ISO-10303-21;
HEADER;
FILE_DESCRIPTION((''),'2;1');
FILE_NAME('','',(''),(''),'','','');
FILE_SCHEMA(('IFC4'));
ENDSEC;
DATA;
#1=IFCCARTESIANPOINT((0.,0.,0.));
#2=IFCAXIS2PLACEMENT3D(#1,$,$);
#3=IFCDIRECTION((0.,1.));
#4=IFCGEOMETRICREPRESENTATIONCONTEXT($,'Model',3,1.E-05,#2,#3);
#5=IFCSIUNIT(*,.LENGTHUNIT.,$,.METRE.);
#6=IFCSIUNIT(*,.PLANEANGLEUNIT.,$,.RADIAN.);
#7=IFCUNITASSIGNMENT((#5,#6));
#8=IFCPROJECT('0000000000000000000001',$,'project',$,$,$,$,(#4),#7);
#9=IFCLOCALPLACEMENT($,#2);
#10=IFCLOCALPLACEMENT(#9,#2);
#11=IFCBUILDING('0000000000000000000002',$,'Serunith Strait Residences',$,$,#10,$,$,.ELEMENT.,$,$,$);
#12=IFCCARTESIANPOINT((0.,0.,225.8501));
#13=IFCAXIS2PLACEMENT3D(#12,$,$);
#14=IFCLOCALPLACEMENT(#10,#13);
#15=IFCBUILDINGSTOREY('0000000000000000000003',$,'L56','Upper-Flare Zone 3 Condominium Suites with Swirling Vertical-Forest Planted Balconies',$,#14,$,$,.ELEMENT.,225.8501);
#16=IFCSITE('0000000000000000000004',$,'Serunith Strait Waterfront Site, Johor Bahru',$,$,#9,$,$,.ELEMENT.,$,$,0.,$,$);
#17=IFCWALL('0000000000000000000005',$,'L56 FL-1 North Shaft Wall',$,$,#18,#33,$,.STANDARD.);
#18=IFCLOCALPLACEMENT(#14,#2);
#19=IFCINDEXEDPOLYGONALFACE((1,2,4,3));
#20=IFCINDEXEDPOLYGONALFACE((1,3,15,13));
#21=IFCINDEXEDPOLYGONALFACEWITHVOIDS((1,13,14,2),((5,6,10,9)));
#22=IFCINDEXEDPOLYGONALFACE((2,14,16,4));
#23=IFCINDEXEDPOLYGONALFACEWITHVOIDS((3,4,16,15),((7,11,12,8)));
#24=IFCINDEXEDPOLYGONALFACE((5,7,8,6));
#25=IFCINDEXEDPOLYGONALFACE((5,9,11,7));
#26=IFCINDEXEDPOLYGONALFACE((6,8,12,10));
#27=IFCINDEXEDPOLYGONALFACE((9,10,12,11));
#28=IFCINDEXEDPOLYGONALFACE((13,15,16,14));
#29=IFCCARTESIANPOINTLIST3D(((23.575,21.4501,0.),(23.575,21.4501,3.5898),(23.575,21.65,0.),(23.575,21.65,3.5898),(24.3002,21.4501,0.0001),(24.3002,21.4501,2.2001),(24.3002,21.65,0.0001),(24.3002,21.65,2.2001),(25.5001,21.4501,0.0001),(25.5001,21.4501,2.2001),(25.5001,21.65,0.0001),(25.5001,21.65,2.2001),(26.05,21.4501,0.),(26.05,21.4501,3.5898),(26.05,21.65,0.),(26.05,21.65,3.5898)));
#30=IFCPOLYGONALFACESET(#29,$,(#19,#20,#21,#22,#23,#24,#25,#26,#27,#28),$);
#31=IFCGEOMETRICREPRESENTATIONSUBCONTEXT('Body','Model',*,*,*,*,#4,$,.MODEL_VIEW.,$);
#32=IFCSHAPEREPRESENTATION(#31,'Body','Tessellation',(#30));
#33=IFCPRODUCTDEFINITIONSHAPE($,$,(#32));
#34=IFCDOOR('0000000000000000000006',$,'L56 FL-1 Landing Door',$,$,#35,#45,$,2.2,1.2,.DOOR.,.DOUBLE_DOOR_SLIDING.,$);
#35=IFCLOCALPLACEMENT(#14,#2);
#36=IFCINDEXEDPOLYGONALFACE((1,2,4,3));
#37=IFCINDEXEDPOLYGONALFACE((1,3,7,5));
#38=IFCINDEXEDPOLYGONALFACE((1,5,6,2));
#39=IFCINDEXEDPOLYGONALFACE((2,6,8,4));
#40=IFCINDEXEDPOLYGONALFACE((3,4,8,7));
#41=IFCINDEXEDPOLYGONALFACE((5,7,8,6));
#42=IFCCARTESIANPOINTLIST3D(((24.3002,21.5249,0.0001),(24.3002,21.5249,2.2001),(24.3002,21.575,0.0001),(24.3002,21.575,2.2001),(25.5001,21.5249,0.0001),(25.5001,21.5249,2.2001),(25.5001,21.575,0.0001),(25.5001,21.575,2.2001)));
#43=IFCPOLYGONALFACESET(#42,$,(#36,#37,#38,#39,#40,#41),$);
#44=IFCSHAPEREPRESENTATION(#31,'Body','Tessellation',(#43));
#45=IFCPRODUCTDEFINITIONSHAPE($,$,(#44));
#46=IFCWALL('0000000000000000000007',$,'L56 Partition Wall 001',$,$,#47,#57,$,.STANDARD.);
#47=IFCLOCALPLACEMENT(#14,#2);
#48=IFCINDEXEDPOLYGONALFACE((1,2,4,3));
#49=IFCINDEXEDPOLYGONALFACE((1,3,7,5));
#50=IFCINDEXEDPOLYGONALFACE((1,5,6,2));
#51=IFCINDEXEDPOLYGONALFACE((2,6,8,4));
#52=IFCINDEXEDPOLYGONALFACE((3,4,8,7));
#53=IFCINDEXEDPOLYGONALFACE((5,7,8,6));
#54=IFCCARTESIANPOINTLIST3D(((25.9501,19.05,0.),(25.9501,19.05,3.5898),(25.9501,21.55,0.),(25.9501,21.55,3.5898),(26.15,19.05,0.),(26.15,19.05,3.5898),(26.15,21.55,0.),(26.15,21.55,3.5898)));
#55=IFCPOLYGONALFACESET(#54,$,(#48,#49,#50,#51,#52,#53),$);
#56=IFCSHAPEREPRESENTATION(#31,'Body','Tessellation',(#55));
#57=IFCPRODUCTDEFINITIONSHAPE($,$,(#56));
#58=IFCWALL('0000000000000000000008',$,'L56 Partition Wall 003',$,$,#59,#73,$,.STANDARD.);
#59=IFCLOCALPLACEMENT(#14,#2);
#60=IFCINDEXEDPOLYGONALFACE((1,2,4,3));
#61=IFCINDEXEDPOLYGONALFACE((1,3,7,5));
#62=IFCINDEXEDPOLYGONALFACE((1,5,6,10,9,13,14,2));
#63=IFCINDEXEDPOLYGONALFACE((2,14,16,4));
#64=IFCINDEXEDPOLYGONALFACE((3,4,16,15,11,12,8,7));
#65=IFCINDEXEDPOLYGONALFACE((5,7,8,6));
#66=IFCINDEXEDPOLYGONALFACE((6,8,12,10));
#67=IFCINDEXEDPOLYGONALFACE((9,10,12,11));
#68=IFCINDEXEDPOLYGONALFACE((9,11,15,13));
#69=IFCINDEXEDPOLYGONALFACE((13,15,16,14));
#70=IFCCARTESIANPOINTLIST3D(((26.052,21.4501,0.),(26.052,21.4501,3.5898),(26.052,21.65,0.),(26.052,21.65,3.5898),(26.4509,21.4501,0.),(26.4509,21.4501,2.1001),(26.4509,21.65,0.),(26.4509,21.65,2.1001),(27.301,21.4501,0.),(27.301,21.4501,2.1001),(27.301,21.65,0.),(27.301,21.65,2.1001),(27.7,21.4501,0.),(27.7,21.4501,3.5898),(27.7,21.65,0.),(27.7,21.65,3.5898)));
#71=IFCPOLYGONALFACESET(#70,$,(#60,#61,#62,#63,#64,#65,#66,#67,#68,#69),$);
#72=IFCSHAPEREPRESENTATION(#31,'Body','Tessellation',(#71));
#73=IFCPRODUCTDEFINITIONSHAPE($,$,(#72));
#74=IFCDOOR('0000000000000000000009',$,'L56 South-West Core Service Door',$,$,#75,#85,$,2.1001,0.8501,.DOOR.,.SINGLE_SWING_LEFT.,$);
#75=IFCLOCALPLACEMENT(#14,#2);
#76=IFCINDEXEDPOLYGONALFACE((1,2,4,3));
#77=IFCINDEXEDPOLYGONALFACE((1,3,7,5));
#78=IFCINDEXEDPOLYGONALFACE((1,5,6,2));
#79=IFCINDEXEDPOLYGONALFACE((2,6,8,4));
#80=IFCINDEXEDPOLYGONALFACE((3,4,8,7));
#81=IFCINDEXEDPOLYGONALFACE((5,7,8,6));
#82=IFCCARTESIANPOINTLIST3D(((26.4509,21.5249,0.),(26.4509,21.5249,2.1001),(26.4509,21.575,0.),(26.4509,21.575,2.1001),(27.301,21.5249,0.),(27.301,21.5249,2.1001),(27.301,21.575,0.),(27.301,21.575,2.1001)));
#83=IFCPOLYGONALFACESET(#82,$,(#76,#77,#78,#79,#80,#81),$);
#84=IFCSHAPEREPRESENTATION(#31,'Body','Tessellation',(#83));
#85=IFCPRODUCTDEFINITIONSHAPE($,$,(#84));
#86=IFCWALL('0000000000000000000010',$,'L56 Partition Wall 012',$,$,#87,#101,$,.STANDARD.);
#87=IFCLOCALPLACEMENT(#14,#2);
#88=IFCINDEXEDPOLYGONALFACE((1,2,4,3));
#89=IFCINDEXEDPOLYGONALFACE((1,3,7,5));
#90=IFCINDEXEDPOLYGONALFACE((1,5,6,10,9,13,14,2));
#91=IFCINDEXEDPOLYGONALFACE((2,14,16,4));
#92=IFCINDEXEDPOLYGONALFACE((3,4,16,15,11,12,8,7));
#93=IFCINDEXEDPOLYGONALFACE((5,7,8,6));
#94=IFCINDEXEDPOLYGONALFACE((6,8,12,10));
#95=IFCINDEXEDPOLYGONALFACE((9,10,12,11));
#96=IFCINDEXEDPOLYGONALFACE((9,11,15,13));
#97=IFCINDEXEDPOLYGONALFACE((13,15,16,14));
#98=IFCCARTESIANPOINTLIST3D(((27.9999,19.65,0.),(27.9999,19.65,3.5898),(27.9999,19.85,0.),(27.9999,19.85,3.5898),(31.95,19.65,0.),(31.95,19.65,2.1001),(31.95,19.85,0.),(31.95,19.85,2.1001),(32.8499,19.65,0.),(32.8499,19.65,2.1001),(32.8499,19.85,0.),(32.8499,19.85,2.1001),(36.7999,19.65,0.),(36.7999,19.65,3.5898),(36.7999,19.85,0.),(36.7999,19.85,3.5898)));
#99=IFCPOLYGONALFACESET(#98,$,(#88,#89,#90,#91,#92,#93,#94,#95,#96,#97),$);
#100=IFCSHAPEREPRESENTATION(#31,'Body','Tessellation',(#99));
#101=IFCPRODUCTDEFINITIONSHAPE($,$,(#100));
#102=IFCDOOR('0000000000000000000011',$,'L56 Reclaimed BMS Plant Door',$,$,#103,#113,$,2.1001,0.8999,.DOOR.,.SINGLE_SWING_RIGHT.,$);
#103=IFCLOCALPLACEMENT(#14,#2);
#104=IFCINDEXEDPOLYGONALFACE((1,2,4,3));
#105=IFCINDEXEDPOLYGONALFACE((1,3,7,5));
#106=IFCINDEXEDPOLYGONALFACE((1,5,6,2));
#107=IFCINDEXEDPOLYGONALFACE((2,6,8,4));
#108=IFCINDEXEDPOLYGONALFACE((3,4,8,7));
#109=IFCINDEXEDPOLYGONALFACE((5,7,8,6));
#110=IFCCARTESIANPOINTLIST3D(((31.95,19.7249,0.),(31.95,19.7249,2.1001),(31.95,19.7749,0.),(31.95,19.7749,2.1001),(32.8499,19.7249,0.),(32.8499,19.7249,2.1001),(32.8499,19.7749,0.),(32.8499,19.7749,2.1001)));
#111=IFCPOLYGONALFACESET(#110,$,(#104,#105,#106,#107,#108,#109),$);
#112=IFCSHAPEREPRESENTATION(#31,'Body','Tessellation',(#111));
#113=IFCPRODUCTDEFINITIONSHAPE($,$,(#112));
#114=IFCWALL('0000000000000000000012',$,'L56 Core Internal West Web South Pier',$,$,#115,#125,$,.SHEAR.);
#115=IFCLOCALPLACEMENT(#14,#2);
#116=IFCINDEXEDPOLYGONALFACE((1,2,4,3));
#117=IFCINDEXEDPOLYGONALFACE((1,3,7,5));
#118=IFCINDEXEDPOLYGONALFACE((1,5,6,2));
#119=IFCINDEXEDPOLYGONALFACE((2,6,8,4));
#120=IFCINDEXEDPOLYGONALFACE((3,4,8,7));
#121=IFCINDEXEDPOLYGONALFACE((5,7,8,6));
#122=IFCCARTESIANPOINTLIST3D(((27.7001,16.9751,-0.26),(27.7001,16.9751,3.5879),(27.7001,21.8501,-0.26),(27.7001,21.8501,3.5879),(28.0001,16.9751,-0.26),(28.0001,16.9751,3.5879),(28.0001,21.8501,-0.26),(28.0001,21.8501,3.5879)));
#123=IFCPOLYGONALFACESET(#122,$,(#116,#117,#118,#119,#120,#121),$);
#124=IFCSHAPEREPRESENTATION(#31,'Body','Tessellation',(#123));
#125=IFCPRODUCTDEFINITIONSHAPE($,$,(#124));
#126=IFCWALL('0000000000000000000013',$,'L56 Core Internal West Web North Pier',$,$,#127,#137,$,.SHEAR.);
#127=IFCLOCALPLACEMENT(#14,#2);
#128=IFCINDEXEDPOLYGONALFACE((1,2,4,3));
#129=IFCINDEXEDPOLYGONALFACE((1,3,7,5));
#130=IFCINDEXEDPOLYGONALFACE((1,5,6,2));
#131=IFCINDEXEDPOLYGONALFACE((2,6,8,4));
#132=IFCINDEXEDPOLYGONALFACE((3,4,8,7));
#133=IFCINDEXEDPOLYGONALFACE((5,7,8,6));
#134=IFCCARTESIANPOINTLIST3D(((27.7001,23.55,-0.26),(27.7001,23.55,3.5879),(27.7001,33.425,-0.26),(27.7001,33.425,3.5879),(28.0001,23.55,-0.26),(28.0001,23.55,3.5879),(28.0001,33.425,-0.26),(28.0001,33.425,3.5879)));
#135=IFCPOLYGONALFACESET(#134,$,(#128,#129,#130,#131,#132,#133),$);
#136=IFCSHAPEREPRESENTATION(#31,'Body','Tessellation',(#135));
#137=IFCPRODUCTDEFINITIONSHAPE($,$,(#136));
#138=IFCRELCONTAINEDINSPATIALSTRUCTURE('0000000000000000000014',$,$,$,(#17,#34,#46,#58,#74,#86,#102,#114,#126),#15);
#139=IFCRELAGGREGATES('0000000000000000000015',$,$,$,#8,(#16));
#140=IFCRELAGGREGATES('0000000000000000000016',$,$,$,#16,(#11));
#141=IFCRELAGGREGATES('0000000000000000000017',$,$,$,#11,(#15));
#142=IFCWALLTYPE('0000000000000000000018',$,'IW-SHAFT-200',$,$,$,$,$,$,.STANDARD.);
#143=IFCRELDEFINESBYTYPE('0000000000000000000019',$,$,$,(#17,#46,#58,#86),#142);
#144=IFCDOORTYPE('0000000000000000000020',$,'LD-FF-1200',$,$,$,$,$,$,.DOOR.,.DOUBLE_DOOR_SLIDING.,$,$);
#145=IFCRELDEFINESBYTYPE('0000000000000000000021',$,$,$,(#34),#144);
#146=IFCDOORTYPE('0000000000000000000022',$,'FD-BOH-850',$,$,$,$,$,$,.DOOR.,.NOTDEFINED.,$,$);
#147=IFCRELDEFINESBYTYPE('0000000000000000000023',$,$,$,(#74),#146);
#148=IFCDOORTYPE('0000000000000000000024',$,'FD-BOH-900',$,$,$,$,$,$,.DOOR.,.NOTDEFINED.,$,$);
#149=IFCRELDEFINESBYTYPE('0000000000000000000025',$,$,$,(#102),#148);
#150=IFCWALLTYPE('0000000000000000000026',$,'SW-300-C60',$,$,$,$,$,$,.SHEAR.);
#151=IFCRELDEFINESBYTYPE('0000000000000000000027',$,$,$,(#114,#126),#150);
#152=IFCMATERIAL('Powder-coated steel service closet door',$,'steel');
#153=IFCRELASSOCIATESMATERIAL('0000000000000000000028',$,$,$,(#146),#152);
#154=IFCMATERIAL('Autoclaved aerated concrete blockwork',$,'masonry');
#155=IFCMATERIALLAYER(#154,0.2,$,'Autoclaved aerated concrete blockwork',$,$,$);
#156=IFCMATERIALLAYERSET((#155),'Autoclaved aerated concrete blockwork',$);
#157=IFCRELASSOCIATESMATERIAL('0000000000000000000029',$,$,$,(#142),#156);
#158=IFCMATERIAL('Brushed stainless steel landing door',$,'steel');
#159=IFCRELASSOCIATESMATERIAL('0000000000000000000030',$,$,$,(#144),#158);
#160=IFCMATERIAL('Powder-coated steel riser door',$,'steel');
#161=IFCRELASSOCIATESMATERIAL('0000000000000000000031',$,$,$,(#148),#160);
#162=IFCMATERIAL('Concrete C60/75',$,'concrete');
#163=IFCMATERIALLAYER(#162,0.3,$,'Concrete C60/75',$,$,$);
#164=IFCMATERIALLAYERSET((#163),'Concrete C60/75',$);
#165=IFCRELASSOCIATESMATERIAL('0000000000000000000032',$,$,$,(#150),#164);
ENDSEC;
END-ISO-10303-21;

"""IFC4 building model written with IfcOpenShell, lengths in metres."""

from ifc_helpers import new_model, si_unit, direction, frame, frame_2d, origin, place, context, subcontext, project, spatial, rectangle, extrude, source, transform, mapped, material, layer, layer_set, type_object, element, fill, save


model = new_model("IFC4")

# Units and contexts
model_context = context("Model", 3, precision=1e-05, world=origin(), true_north=direction((0.0, 1.0)))
body_context = subcontext(model_context, "Body", "Model", "MODEL_VIEW")
ifc_project = project(units=[si_unit("LENGTHUNIT", "METRE"), si_unit("PLANEANGLEUNIT", "RADIAN")], contexts=[model_context])

# Site, building, storey
site_placement = place(None, origin())
site = spatial("IfcSite", under=ifc_project, at=site_placement, Name="Serunith Strait Waterfront Site, Johor Bahru", CompositionType="ELEMENT", RefElevation=0.0)
building_placement = place(site_placement, origin())
building = spatial("IfcBuilding", under=site, at=building_placement, Name="Serunith Strait Residences", CompositionType="ELEMENT")
storey_placement = place(building_placement, frame((0.0, 0.0, 225.8501)))
storey = spatial("IfcBuildingStorey", under=building, at=storey_placement, Name="L56", Description="Upper-Flare Zone 3 Condominium Suites with Swirling Vertical-Forest Planted Balconies", CompositionType="ELEMENT", Elevation=225.8501)

# Wall, opening, door
ifc_material_1 = material(Name="Powder-coated steel service closet door", Category="steel")
door_type_1 = type_object("IfcDoorType", Name="FD-BOH-850", OperationType="NOTDEFINED", PredefinedType="DOOR", material=ifc_material_1)
shared_shape_1 = source(origin(), body_context, "Body", "SweptSolid", [
    extrude(rectangle(XDim=0.8501, YDim=2.1001, at=frame_2d((0.425, 1.05))), frame((0.0, 0.0249, 0.0), z_axis=(0.0, -1.0, 0.0), x_axis=(1.0, 0.0, 0.0)), (0.0, 0.0, 1.0), 0.05),
])
shared_shape_2 = source(origin(), body_context, "Body", "SweptSolid", [
    extrude(rectangle(XDim=0.8999, YDim=2.1001, at=frame_2d((0.45, 1.05))), frame((0.0, 0.0249, 0.0), z_axis=(0.0, -1.0, 0.0), x_axis=(1.0, 0.0, 0.0)), (0.0, 0.0, 1.0), 0.05),
])
ifc_material_2 = material(Name="Autoclaved aerated concrete blockwork", Category="masonry")
ifc_layer_1 = layer(ifc_material_2, 0.2, Name="Autoclaved aerated concrete blockwork")
ifc_layer_set_1 = layer_set([ifc_layer_1], Name="Autoclaved aerated concrete blockwork")
wall_type_1 = type_object("IfcWallType", Name="IW-SHAFT-200", PredefinedType="STANDARD", material=ifc_layer_set_1)
wall_1_placement = place(storey_placement, frame((23.575, 21.55, 0.0), z_axis=(0.0, 0.0, 1.0), x_axis=(1.0, 0.0, 0.0)))
wall_1 = element("IfcWall", 1, at=wall_1_placement, inside=storey, type_object=wall_type_1, Name="L56 FL-1 North Shaft Wall", PredefinedType="STANDARD", context=body_context, shape_type="SweptSolid", body=[
    extrude(rectangle(XDim=2.4751, YDim=0.2, at=frame_2d((1.2375, 0.0))), origin(), (0.0, 0.0, 1.0), 3.5898),
])
opening_1_placement = place(wall_1_placement, frame((0.7251, 0.0, 0.0)))
opening_1 = element("IfcOpeningElement", 2, at=opening_1_placement, cuts=wall_1, PredefinedType="OPENING", context=body_context, shape_type="SweptSolid", body=[
    extrude(rectangle(XDim=1.2, YDim=2.2, at=frame_2d((0.6001, 1.1001))), frame((0.0, 0.1099, 0.0), z_axis=(0.0, -1.0, 0.0), x_axis=(1.0, 0.0, 0.0)), (0.0, 0.0, 1.0), 0.22),
])
ifc_material_3 = material(Name="Brushed stainless steel landing door", Category="steel")
door_type_2 = type_object("IfcDoorType", Name="LD-FF-1200", OperationType="DOUBLE_DOOR_SLIDING", PredefinedType="DOOR", material=ifc_material_3)
shared_shape_3 = source(origin(), body_context, "Body", "SweptSolid", [
    extrude(rectangle(XDim=1.2, YDim=2.2, at=frame_2d((0.6001, 1.1001))), frame((0.0, 0.0249, 0.0), z_axis=(0.0, -1.0, 0.0), x_axis=(1.0, 0.0, 0.0)), (0.0, 0.0, 1.0), 0.05),
])
door_1_placement = place(opening_1_placement, origin())
door_1 = element("IfcDoor", 3, at=door_1_placement, inside=storey, type_object=door_type_2, Name="L56 FL-1 Landing Door", OperationType="DOUBLE_DOOR_SLIDING", OverallHeight=2.2, OverallWidth=1.2, PredefinedType="DOOR", context=body_context, shape_type="MappedRepresentation", body=[
    mapped(shared_shape_3, transform((0.0, 0.0, 0.0), scale=1.0)),
])
fill(opening_1, door_1)

# Wall
wall_2_placement = place(storey_placement, frame((26.05, 19.05, 0.0), z_axis=(0.0, 0.0, 1.0), x_axis=(0.0, 1.0, 0.0)))
element("IfcWall", 4, at=wall_2_placement, inside=storey, type_object=wall_type_1, Name="L56 Partition Wall 001", PredefinedType="STANDARD", context=body_context, shape_type="SweptSolid", body=[
    extrude(rectangle(XDim=2.5, YDim=0.2, at=frame_2d((1.25, 0.0))), origin(), (0.0, 0.0, 1.0), 3.5898),
])

# Walls, openings, doors
wall_3_placement = place(storey_placement, frame((26.052, 21.55, 0.0), z_axis=(0.0, 0.0, 1.0), x_axis=(1.0, 0.0, 0.0)))
wall_3 = element("IfcWall", 5, at=wall_3_placement, inside=storey, type_object=wall_type_1, Name="L56 Partition Wall 003", PredefinedType="STANDARD", context=body_context, shape_type="SweptSolid", body=[
    extrude(rectangle(XDim=1.6479, YDim=0.2, at=frame_2d((0.824, 0.0))), origin(), (0.0, 0.0, 1.0), 3.5898),
])
opening_2_placement = place(wall_3_placement, frame((0.3989, 0.0, 0.0)))
opening_2 = element("IfcOpeningElement", 6, at=opening_2_placement, cuts=wall_3, PredefinedType="OPENING", context=body_context, shape_type="SweptSolid", body=[
    extrude(rectangle(XDim=0.8501, YDim=2.1001, at=frame_2d((0.425, 1.05))), frame((0.0, 0.1099, 0.0), z_axis=(0.0, -1.0, 0.0), x_axis=(1.0, 0.0, 0.0)), (0.0, 0.0, 1.0), 0.22),
])
door_2_placement = place(opening_2_placement, origin())
door_2 = element("IfcDoor", 7, at=door_2_placement, inside=storey, type_object=door_type_1, Name="L56 South-West Core Service Door", OperationType="SINGLE_SWING_LEFT", OverallHeight=2.1001, OverallWidth=0.8501, PredefinedType="DOOR", context=body_context, shape_type="MappedRepresentation", body=[
    mapped(shared_shape_1, transform((0.0, 0.0, 0.0), scale=1.0)),
])
fill(opening_2, door_2)
wall_4_placement = place(storey_placement, frame((28.0, 19.75, 0.0), z_axis=(0.0, 0.0, 1.0), x_axis=(1.0, 0.0, 0.0)))
wall_4 = element("IfcWall", 8, at=wall_4_placement, inside=storey, type_object=wall_type_1, Name="L56 Partition Wall 012", PredefinedType="STANDARD", context=body_context, shape_type="SweptSolid", body=[
    extrude(rectangle(XDim=8.8, YDim=0.2, at=frame_2d((4.3999, 0.0))), origin(), (0.0, 0.0, 1.0), 3.5898),
])
opening_3_placement = place(wall_4_placement, frame((3.95, 0.0, 0.0)))
opening_3 = element("IfcOpeningElement", 9, at=opening_3_placement, cuts=wall_4, PredefinedType="OPENING", context=body_context, shape_type="SweptSolid", body=[
    extrude(rectangle(XDim=0.8999, YDim=2.1001, at=frame_2d((0.45, 1.05))), frame((0.0, 0.1099, 0.0), z_axis=(0.0, -1.0, 0.0), x_axis=(1.0, 0.0, 0.0)), (0.0, 0.0, 1.0), 0.22),
])
ifc_material_4 = material(Name="Powder-coated steel riser door", Category="steel")
door_type_3 = type_object("IfcDoorType", Name="FD-BOH-900", OperationType="NOTDEFINED", PredefinedType="DOOR", material=ifc_material_4)
door_3_placement = place(opening_3_placement, origin())
door_3 = element("IfcDoor", 10, at=door_3_placement, inside=storey, type_object=door_type_3, Name="L56 Reclaimed BMS Plant Door", OperationType="SINGLE_SWING_RIGHT", OverallHeight=2.1001, OverallWidth=0.8999, PredefinedType="DOOR", context=body_context, shape_type="MappedRepresentation", body=[
    mapped(shared_shape_2, transform((0.0, 0.0, 0.0), scale=1.0)),
])
fill(opening_3, door_3)

# Walls
ifc_material_5 = material(Name="Concrete C60/75", Category="concrete")
ifc_layer_2 = layer(ifc_material_5, 0.3, Name="Concrete C60/75")
ifc_layer_set_2 = layer_set([ifc_layer_2], Name="Concrete C60/75")
wall_type_2 = type_object("IfcWallType", Name="SW-300-C60", PredefinedType="SHEAR", material=ifc_layer_set_2)
wall_5_placement = place(storey_placement, frame((27.8501, 16.9751, -0.26), z_axis=(0.0, 0.0, 1.0), x_axis=(0.0, 1.0, 0.0)))
element("IfcWall", 11, at=wall_5_placement, inside=storey, type_object=wall_type_2, Name="L56 Core Internal West Web South Pier", PredefinedType="SHEAR", context=body_context, shape_type="SweptSolid", body=[
    extrude(rectangle(XDim=4.875, YDim=0.3, at=frame_2d((2.4375, 0.0))), origin(), (0.0, 0.0, 1.0), 3.8479),
])
wall_6_placement = place(storey_placement, frame((27.8501, 23.55, -0.26), z_axis=(0.0, 0.0, 1.0), x_axis=(0.0, 1.0, 0.0)))
element("IfcWall", 12, at=wall_6_placement, inside=storey, type_object=wall_type_2, Name="L56 Core Internal West Web North Pier", PredefinedType="SHEAR", context=body_context, shape_type="SweptSolid", body=[
    extrude(rectangle(XDim=9.875, YDim=0.3, at=frame_2d((4.9375, 0.0))), origin(), (0.0, 0.0, 1.0), 3.8479),
])

save(model, "model.ifc")
